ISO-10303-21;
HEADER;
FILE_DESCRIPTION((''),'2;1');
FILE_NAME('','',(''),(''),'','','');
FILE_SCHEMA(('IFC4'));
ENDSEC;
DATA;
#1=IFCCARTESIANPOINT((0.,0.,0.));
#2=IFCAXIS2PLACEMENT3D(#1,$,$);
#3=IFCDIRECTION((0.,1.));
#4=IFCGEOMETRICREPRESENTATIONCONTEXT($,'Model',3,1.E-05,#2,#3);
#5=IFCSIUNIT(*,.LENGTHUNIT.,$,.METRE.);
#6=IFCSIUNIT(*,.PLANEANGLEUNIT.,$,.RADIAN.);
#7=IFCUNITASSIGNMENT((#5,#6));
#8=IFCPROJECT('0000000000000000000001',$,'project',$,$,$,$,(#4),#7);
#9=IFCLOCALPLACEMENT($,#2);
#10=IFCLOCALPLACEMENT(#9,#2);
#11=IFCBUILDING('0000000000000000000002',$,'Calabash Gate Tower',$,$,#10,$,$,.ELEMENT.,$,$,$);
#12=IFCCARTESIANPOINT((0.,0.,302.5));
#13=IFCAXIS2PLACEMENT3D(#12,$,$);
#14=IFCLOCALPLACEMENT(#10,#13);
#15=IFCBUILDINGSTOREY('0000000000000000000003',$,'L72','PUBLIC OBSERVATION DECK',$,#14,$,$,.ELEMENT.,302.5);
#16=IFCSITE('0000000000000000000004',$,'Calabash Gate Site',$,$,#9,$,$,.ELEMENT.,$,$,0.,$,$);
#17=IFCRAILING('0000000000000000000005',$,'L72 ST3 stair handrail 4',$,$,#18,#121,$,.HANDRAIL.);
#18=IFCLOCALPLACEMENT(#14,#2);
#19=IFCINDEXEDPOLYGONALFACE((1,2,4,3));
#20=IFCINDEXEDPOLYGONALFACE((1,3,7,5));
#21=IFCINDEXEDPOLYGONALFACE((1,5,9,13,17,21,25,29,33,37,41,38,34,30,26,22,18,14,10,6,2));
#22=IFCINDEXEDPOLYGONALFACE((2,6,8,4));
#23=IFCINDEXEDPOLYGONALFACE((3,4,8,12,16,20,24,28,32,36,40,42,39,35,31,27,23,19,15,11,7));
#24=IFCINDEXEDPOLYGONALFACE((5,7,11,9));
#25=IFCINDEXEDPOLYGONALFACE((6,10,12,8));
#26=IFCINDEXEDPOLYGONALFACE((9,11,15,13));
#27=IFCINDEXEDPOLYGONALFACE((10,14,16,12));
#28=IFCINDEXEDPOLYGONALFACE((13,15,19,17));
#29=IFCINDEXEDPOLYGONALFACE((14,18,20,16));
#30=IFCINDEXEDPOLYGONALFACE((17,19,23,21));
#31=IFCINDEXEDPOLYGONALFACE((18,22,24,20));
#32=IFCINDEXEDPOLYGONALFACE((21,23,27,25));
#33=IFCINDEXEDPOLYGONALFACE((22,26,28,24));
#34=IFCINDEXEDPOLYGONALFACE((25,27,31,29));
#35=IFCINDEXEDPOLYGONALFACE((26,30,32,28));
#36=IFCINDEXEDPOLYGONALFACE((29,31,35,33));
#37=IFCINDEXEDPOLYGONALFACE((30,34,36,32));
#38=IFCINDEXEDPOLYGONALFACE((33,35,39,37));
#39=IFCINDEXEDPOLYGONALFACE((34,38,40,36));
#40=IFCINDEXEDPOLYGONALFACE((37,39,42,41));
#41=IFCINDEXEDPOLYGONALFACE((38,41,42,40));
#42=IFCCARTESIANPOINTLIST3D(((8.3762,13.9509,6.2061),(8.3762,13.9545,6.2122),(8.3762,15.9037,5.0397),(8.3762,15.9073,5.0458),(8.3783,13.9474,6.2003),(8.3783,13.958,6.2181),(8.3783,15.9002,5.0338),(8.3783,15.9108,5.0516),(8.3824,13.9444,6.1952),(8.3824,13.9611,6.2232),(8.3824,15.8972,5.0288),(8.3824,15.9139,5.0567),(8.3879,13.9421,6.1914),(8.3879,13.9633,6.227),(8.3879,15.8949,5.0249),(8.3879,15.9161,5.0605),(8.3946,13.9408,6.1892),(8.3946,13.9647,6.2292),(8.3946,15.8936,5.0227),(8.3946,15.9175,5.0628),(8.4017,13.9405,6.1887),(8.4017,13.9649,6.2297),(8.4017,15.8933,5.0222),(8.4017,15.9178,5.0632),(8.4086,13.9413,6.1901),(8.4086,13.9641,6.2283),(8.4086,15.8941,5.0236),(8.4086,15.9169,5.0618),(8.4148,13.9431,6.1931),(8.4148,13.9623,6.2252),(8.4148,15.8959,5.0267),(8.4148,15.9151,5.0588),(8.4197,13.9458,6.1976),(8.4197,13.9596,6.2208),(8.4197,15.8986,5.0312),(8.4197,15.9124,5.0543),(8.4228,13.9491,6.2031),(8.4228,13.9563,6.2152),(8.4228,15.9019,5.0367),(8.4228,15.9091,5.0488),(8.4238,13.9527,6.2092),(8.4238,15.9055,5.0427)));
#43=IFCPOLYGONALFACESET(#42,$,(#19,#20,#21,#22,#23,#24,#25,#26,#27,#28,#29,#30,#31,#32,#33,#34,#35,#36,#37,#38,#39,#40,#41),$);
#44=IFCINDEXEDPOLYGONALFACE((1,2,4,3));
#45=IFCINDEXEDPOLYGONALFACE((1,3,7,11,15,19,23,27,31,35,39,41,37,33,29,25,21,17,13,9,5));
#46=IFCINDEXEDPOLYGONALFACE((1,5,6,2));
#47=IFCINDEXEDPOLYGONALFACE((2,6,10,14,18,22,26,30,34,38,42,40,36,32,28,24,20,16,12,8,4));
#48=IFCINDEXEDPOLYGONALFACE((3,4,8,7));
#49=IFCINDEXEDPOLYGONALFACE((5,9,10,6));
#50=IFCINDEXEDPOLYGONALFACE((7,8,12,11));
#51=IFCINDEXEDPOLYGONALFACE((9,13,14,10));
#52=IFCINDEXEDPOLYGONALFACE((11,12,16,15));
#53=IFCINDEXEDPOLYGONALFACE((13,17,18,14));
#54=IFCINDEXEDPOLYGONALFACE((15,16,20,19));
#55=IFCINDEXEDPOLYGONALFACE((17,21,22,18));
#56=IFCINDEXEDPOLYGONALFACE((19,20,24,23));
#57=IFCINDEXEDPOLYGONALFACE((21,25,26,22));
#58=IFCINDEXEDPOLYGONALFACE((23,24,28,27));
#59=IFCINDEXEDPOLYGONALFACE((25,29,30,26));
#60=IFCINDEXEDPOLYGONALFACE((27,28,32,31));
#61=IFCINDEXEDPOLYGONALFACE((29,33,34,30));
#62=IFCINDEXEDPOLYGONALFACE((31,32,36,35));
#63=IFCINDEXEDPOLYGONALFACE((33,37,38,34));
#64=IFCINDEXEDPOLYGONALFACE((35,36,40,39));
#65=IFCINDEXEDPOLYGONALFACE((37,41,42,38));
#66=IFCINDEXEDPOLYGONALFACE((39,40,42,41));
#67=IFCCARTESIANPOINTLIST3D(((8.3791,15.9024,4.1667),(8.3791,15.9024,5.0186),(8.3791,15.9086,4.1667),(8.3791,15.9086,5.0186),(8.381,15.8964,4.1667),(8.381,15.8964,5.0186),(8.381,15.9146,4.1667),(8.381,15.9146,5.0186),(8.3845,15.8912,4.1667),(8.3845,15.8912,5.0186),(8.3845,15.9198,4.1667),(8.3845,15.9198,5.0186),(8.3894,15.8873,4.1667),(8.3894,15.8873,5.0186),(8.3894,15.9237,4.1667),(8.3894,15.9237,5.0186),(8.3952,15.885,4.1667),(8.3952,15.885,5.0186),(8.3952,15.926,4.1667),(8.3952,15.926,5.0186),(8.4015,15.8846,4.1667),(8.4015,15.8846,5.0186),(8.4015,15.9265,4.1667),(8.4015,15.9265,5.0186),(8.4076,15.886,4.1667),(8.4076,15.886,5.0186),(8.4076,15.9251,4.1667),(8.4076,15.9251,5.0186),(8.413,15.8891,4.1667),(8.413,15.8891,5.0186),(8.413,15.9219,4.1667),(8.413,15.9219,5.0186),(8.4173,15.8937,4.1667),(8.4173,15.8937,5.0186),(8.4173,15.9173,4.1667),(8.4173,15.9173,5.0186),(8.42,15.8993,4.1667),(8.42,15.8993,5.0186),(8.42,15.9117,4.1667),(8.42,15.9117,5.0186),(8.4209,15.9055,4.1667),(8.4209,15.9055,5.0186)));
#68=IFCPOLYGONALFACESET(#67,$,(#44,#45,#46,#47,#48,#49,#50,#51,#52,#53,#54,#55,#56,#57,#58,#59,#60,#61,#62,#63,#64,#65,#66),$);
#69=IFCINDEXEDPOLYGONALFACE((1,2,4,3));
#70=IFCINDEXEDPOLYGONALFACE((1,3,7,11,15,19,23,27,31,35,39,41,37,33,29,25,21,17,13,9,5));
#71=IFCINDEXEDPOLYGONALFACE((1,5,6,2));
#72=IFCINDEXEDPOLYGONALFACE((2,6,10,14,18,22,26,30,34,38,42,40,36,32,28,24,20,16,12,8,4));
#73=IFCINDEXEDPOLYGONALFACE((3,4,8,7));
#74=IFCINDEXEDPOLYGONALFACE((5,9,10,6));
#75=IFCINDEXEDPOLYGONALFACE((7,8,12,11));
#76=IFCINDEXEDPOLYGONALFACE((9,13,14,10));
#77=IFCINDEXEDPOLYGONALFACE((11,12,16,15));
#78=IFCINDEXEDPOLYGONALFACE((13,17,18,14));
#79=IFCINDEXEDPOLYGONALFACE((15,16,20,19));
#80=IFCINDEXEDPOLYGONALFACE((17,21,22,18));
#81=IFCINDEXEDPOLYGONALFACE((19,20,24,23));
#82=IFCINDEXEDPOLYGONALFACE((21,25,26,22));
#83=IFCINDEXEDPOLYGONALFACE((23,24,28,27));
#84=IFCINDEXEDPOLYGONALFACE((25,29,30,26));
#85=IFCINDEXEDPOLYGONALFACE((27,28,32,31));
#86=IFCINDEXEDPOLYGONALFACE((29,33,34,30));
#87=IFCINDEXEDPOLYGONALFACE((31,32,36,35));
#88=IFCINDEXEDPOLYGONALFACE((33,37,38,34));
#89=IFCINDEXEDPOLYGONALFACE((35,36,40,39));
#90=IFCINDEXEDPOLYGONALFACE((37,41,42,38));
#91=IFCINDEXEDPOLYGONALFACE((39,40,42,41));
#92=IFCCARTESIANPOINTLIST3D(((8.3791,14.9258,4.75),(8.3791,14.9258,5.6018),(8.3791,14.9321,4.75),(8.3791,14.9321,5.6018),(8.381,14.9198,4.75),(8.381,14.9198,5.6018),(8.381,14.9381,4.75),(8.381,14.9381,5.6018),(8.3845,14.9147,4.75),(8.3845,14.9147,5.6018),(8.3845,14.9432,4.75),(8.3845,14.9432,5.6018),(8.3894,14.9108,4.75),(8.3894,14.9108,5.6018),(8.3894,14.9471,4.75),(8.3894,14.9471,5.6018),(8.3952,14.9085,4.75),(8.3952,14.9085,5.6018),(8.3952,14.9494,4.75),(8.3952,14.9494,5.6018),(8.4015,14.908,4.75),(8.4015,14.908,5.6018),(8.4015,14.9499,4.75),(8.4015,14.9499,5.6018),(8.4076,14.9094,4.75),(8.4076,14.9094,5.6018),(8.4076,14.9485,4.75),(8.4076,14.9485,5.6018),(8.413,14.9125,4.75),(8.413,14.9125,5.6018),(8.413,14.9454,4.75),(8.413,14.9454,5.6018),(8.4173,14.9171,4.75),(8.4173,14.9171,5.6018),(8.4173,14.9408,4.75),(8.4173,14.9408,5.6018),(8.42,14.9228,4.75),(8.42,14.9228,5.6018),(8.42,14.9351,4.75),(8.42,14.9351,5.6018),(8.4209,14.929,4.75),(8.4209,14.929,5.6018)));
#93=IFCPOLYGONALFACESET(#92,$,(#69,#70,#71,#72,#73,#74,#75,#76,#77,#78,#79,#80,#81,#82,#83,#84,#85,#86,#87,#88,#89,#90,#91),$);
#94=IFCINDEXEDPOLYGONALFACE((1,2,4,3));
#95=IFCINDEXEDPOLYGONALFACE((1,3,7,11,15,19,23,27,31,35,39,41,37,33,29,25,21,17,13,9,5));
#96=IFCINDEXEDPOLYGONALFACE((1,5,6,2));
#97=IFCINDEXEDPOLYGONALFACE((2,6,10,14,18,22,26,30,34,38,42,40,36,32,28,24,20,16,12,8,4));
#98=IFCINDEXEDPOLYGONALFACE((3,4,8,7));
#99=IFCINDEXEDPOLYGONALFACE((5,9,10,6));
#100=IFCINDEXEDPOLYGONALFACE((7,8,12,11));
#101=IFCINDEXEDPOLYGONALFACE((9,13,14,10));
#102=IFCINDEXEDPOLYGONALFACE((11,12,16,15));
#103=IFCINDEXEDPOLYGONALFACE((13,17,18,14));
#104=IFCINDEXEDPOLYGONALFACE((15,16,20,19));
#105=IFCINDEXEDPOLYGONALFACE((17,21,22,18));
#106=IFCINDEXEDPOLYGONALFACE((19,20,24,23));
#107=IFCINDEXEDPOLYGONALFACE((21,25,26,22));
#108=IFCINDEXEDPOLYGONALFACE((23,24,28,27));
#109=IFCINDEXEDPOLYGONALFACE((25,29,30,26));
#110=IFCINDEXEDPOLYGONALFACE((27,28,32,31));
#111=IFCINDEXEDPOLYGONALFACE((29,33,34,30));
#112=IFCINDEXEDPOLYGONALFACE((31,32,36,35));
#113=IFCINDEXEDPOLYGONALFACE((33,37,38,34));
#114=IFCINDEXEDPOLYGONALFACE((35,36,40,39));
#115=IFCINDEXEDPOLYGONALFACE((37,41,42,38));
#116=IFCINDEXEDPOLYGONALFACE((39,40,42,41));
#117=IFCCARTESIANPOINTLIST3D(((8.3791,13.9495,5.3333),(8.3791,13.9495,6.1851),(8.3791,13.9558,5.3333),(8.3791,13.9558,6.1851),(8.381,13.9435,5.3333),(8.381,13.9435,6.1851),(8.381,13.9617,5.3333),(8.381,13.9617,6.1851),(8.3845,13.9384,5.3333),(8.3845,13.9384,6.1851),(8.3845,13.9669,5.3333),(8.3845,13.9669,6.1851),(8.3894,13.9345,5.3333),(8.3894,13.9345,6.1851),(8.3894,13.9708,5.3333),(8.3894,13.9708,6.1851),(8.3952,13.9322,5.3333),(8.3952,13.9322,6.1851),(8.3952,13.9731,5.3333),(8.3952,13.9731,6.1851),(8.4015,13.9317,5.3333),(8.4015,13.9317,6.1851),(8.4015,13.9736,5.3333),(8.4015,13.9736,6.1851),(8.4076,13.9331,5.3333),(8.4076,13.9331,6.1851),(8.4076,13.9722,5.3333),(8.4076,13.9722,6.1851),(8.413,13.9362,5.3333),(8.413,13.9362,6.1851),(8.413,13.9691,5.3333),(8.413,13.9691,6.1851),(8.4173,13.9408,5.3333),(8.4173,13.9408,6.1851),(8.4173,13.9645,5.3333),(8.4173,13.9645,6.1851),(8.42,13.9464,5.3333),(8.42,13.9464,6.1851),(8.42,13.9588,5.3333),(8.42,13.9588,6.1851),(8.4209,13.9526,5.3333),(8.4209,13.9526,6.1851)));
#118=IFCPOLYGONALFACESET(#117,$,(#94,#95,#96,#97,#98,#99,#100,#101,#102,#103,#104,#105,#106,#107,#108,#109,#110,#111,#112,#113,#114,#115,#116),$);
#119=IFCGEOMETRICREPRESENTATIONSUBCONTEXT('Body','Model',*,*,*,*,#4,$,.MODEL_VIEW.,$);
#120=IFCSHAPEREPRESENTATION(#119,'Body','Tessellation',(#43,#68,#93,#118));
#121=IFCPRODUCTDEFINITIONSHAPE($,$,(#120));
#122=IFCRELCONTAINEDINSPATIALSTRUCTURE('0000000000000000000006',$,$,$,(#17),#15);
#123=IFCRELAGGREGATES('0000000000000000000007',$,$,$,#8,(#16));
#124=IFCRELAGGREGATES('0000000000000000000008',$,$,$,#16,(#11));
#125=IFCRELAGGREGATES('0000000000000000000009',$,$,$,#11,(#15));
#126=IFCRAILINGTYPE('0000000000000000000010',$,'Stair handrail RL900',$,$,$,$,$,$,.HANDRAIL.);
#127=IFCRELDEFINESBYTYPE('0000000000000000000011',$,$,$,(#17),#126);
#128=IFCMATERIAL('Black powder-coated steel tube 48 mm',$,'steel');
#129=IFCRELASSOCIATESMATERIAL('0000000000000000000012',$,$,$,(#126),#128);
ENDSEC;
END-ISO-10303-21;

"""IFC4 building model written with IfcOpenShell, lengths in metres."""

from ifc_helpers import new_model, si_unit, direction, frame, origin, origin_2d, place, context, subcontext, project, spatial, circle, extrude, material, type_object, element, save


model = new_model("IFC4")

# Units and contexts
model_context = context("Model", 3, precision=1e-05, world=origin(), true_north=direction((0.0, 1.0)))
body_context = subcontext(model_context, "Body", "Model", "MODEL_VIEW")
ifc_project = project(units=[si_unit("LENGTHUNIT", "METRE"), si_unit("PLANEANGLEUNIT", "RADIAN")], contexts=[model_context])

# Site, building, storey
site_placement = place(None, origin())
site = spatial("IfcSite", under=ifc_project, at=site_placement, Name="Calabash Gate Site", CompositionType="ELEMENT", RefElevation=0.0)
building_placement = place(site_placement, origin())
building = spatial("IfcBuilding", under=site, at=building_placement, Name="Calabash Gate Tower", CompositionType="ELEMENT")
storey_placement = place(building_placement, frame((0.0, 0.0, 302.5)))
storey = spatial("IfcBuildingStorey", under=building, at=storey_placement, Name="L72", Description="PUBLIC OBSERVATION DECK", CompositionType="ELEMENT", Elevation=302.5)

# Railing
ifc_material_1 = material(Name="Black powder-coated steel tube 48 mm", Category="steel")
railing_type_1 = type_object("IfcRailingType", Name="Stair handrail RL900", PredefinedType="HANDRAIL", material=ifc_material_1)
railing_1_placement = place(storey_placement, frame((8.3999, 15.9055, 4.1667)))
element("IfcRailing", 1, at=railing_1_placement, inside=storey, type_object=railing_type_1, Name="L72 ST3 stair handrail 4", PredefinedType="HANDRAIL", context=body_context, shape_type="SweptSolid", body=[
    extrude(circle(Radius=0.0239, at=origin_2d()), frame((0.0, 0.0, 0.876), z_axis=(0.0, -0.858505, 0.512806), x_axis=(1.0, 0.0, 0.0)), (0.0, 0.0, 1.0), 2.2747),
    extrude(circle(Radius=0.021, at=origin_2d()), origin(), (0.0, 0.0, 1.0), 0.8518),
    extrude(circle(Radius=0.021, at=origin_2d()), frame((0.0, -0.9766, 0.5833)), (0.0, 0.0, 1.0), 0.8518),
    extrude(circle(Radius=0.021, at=origin_2d()), frame((0.0, -1.9529, 1.1665)), (0.0, 0.0, 1.0), 0.8518),
])

save(model, "model.ifc")
